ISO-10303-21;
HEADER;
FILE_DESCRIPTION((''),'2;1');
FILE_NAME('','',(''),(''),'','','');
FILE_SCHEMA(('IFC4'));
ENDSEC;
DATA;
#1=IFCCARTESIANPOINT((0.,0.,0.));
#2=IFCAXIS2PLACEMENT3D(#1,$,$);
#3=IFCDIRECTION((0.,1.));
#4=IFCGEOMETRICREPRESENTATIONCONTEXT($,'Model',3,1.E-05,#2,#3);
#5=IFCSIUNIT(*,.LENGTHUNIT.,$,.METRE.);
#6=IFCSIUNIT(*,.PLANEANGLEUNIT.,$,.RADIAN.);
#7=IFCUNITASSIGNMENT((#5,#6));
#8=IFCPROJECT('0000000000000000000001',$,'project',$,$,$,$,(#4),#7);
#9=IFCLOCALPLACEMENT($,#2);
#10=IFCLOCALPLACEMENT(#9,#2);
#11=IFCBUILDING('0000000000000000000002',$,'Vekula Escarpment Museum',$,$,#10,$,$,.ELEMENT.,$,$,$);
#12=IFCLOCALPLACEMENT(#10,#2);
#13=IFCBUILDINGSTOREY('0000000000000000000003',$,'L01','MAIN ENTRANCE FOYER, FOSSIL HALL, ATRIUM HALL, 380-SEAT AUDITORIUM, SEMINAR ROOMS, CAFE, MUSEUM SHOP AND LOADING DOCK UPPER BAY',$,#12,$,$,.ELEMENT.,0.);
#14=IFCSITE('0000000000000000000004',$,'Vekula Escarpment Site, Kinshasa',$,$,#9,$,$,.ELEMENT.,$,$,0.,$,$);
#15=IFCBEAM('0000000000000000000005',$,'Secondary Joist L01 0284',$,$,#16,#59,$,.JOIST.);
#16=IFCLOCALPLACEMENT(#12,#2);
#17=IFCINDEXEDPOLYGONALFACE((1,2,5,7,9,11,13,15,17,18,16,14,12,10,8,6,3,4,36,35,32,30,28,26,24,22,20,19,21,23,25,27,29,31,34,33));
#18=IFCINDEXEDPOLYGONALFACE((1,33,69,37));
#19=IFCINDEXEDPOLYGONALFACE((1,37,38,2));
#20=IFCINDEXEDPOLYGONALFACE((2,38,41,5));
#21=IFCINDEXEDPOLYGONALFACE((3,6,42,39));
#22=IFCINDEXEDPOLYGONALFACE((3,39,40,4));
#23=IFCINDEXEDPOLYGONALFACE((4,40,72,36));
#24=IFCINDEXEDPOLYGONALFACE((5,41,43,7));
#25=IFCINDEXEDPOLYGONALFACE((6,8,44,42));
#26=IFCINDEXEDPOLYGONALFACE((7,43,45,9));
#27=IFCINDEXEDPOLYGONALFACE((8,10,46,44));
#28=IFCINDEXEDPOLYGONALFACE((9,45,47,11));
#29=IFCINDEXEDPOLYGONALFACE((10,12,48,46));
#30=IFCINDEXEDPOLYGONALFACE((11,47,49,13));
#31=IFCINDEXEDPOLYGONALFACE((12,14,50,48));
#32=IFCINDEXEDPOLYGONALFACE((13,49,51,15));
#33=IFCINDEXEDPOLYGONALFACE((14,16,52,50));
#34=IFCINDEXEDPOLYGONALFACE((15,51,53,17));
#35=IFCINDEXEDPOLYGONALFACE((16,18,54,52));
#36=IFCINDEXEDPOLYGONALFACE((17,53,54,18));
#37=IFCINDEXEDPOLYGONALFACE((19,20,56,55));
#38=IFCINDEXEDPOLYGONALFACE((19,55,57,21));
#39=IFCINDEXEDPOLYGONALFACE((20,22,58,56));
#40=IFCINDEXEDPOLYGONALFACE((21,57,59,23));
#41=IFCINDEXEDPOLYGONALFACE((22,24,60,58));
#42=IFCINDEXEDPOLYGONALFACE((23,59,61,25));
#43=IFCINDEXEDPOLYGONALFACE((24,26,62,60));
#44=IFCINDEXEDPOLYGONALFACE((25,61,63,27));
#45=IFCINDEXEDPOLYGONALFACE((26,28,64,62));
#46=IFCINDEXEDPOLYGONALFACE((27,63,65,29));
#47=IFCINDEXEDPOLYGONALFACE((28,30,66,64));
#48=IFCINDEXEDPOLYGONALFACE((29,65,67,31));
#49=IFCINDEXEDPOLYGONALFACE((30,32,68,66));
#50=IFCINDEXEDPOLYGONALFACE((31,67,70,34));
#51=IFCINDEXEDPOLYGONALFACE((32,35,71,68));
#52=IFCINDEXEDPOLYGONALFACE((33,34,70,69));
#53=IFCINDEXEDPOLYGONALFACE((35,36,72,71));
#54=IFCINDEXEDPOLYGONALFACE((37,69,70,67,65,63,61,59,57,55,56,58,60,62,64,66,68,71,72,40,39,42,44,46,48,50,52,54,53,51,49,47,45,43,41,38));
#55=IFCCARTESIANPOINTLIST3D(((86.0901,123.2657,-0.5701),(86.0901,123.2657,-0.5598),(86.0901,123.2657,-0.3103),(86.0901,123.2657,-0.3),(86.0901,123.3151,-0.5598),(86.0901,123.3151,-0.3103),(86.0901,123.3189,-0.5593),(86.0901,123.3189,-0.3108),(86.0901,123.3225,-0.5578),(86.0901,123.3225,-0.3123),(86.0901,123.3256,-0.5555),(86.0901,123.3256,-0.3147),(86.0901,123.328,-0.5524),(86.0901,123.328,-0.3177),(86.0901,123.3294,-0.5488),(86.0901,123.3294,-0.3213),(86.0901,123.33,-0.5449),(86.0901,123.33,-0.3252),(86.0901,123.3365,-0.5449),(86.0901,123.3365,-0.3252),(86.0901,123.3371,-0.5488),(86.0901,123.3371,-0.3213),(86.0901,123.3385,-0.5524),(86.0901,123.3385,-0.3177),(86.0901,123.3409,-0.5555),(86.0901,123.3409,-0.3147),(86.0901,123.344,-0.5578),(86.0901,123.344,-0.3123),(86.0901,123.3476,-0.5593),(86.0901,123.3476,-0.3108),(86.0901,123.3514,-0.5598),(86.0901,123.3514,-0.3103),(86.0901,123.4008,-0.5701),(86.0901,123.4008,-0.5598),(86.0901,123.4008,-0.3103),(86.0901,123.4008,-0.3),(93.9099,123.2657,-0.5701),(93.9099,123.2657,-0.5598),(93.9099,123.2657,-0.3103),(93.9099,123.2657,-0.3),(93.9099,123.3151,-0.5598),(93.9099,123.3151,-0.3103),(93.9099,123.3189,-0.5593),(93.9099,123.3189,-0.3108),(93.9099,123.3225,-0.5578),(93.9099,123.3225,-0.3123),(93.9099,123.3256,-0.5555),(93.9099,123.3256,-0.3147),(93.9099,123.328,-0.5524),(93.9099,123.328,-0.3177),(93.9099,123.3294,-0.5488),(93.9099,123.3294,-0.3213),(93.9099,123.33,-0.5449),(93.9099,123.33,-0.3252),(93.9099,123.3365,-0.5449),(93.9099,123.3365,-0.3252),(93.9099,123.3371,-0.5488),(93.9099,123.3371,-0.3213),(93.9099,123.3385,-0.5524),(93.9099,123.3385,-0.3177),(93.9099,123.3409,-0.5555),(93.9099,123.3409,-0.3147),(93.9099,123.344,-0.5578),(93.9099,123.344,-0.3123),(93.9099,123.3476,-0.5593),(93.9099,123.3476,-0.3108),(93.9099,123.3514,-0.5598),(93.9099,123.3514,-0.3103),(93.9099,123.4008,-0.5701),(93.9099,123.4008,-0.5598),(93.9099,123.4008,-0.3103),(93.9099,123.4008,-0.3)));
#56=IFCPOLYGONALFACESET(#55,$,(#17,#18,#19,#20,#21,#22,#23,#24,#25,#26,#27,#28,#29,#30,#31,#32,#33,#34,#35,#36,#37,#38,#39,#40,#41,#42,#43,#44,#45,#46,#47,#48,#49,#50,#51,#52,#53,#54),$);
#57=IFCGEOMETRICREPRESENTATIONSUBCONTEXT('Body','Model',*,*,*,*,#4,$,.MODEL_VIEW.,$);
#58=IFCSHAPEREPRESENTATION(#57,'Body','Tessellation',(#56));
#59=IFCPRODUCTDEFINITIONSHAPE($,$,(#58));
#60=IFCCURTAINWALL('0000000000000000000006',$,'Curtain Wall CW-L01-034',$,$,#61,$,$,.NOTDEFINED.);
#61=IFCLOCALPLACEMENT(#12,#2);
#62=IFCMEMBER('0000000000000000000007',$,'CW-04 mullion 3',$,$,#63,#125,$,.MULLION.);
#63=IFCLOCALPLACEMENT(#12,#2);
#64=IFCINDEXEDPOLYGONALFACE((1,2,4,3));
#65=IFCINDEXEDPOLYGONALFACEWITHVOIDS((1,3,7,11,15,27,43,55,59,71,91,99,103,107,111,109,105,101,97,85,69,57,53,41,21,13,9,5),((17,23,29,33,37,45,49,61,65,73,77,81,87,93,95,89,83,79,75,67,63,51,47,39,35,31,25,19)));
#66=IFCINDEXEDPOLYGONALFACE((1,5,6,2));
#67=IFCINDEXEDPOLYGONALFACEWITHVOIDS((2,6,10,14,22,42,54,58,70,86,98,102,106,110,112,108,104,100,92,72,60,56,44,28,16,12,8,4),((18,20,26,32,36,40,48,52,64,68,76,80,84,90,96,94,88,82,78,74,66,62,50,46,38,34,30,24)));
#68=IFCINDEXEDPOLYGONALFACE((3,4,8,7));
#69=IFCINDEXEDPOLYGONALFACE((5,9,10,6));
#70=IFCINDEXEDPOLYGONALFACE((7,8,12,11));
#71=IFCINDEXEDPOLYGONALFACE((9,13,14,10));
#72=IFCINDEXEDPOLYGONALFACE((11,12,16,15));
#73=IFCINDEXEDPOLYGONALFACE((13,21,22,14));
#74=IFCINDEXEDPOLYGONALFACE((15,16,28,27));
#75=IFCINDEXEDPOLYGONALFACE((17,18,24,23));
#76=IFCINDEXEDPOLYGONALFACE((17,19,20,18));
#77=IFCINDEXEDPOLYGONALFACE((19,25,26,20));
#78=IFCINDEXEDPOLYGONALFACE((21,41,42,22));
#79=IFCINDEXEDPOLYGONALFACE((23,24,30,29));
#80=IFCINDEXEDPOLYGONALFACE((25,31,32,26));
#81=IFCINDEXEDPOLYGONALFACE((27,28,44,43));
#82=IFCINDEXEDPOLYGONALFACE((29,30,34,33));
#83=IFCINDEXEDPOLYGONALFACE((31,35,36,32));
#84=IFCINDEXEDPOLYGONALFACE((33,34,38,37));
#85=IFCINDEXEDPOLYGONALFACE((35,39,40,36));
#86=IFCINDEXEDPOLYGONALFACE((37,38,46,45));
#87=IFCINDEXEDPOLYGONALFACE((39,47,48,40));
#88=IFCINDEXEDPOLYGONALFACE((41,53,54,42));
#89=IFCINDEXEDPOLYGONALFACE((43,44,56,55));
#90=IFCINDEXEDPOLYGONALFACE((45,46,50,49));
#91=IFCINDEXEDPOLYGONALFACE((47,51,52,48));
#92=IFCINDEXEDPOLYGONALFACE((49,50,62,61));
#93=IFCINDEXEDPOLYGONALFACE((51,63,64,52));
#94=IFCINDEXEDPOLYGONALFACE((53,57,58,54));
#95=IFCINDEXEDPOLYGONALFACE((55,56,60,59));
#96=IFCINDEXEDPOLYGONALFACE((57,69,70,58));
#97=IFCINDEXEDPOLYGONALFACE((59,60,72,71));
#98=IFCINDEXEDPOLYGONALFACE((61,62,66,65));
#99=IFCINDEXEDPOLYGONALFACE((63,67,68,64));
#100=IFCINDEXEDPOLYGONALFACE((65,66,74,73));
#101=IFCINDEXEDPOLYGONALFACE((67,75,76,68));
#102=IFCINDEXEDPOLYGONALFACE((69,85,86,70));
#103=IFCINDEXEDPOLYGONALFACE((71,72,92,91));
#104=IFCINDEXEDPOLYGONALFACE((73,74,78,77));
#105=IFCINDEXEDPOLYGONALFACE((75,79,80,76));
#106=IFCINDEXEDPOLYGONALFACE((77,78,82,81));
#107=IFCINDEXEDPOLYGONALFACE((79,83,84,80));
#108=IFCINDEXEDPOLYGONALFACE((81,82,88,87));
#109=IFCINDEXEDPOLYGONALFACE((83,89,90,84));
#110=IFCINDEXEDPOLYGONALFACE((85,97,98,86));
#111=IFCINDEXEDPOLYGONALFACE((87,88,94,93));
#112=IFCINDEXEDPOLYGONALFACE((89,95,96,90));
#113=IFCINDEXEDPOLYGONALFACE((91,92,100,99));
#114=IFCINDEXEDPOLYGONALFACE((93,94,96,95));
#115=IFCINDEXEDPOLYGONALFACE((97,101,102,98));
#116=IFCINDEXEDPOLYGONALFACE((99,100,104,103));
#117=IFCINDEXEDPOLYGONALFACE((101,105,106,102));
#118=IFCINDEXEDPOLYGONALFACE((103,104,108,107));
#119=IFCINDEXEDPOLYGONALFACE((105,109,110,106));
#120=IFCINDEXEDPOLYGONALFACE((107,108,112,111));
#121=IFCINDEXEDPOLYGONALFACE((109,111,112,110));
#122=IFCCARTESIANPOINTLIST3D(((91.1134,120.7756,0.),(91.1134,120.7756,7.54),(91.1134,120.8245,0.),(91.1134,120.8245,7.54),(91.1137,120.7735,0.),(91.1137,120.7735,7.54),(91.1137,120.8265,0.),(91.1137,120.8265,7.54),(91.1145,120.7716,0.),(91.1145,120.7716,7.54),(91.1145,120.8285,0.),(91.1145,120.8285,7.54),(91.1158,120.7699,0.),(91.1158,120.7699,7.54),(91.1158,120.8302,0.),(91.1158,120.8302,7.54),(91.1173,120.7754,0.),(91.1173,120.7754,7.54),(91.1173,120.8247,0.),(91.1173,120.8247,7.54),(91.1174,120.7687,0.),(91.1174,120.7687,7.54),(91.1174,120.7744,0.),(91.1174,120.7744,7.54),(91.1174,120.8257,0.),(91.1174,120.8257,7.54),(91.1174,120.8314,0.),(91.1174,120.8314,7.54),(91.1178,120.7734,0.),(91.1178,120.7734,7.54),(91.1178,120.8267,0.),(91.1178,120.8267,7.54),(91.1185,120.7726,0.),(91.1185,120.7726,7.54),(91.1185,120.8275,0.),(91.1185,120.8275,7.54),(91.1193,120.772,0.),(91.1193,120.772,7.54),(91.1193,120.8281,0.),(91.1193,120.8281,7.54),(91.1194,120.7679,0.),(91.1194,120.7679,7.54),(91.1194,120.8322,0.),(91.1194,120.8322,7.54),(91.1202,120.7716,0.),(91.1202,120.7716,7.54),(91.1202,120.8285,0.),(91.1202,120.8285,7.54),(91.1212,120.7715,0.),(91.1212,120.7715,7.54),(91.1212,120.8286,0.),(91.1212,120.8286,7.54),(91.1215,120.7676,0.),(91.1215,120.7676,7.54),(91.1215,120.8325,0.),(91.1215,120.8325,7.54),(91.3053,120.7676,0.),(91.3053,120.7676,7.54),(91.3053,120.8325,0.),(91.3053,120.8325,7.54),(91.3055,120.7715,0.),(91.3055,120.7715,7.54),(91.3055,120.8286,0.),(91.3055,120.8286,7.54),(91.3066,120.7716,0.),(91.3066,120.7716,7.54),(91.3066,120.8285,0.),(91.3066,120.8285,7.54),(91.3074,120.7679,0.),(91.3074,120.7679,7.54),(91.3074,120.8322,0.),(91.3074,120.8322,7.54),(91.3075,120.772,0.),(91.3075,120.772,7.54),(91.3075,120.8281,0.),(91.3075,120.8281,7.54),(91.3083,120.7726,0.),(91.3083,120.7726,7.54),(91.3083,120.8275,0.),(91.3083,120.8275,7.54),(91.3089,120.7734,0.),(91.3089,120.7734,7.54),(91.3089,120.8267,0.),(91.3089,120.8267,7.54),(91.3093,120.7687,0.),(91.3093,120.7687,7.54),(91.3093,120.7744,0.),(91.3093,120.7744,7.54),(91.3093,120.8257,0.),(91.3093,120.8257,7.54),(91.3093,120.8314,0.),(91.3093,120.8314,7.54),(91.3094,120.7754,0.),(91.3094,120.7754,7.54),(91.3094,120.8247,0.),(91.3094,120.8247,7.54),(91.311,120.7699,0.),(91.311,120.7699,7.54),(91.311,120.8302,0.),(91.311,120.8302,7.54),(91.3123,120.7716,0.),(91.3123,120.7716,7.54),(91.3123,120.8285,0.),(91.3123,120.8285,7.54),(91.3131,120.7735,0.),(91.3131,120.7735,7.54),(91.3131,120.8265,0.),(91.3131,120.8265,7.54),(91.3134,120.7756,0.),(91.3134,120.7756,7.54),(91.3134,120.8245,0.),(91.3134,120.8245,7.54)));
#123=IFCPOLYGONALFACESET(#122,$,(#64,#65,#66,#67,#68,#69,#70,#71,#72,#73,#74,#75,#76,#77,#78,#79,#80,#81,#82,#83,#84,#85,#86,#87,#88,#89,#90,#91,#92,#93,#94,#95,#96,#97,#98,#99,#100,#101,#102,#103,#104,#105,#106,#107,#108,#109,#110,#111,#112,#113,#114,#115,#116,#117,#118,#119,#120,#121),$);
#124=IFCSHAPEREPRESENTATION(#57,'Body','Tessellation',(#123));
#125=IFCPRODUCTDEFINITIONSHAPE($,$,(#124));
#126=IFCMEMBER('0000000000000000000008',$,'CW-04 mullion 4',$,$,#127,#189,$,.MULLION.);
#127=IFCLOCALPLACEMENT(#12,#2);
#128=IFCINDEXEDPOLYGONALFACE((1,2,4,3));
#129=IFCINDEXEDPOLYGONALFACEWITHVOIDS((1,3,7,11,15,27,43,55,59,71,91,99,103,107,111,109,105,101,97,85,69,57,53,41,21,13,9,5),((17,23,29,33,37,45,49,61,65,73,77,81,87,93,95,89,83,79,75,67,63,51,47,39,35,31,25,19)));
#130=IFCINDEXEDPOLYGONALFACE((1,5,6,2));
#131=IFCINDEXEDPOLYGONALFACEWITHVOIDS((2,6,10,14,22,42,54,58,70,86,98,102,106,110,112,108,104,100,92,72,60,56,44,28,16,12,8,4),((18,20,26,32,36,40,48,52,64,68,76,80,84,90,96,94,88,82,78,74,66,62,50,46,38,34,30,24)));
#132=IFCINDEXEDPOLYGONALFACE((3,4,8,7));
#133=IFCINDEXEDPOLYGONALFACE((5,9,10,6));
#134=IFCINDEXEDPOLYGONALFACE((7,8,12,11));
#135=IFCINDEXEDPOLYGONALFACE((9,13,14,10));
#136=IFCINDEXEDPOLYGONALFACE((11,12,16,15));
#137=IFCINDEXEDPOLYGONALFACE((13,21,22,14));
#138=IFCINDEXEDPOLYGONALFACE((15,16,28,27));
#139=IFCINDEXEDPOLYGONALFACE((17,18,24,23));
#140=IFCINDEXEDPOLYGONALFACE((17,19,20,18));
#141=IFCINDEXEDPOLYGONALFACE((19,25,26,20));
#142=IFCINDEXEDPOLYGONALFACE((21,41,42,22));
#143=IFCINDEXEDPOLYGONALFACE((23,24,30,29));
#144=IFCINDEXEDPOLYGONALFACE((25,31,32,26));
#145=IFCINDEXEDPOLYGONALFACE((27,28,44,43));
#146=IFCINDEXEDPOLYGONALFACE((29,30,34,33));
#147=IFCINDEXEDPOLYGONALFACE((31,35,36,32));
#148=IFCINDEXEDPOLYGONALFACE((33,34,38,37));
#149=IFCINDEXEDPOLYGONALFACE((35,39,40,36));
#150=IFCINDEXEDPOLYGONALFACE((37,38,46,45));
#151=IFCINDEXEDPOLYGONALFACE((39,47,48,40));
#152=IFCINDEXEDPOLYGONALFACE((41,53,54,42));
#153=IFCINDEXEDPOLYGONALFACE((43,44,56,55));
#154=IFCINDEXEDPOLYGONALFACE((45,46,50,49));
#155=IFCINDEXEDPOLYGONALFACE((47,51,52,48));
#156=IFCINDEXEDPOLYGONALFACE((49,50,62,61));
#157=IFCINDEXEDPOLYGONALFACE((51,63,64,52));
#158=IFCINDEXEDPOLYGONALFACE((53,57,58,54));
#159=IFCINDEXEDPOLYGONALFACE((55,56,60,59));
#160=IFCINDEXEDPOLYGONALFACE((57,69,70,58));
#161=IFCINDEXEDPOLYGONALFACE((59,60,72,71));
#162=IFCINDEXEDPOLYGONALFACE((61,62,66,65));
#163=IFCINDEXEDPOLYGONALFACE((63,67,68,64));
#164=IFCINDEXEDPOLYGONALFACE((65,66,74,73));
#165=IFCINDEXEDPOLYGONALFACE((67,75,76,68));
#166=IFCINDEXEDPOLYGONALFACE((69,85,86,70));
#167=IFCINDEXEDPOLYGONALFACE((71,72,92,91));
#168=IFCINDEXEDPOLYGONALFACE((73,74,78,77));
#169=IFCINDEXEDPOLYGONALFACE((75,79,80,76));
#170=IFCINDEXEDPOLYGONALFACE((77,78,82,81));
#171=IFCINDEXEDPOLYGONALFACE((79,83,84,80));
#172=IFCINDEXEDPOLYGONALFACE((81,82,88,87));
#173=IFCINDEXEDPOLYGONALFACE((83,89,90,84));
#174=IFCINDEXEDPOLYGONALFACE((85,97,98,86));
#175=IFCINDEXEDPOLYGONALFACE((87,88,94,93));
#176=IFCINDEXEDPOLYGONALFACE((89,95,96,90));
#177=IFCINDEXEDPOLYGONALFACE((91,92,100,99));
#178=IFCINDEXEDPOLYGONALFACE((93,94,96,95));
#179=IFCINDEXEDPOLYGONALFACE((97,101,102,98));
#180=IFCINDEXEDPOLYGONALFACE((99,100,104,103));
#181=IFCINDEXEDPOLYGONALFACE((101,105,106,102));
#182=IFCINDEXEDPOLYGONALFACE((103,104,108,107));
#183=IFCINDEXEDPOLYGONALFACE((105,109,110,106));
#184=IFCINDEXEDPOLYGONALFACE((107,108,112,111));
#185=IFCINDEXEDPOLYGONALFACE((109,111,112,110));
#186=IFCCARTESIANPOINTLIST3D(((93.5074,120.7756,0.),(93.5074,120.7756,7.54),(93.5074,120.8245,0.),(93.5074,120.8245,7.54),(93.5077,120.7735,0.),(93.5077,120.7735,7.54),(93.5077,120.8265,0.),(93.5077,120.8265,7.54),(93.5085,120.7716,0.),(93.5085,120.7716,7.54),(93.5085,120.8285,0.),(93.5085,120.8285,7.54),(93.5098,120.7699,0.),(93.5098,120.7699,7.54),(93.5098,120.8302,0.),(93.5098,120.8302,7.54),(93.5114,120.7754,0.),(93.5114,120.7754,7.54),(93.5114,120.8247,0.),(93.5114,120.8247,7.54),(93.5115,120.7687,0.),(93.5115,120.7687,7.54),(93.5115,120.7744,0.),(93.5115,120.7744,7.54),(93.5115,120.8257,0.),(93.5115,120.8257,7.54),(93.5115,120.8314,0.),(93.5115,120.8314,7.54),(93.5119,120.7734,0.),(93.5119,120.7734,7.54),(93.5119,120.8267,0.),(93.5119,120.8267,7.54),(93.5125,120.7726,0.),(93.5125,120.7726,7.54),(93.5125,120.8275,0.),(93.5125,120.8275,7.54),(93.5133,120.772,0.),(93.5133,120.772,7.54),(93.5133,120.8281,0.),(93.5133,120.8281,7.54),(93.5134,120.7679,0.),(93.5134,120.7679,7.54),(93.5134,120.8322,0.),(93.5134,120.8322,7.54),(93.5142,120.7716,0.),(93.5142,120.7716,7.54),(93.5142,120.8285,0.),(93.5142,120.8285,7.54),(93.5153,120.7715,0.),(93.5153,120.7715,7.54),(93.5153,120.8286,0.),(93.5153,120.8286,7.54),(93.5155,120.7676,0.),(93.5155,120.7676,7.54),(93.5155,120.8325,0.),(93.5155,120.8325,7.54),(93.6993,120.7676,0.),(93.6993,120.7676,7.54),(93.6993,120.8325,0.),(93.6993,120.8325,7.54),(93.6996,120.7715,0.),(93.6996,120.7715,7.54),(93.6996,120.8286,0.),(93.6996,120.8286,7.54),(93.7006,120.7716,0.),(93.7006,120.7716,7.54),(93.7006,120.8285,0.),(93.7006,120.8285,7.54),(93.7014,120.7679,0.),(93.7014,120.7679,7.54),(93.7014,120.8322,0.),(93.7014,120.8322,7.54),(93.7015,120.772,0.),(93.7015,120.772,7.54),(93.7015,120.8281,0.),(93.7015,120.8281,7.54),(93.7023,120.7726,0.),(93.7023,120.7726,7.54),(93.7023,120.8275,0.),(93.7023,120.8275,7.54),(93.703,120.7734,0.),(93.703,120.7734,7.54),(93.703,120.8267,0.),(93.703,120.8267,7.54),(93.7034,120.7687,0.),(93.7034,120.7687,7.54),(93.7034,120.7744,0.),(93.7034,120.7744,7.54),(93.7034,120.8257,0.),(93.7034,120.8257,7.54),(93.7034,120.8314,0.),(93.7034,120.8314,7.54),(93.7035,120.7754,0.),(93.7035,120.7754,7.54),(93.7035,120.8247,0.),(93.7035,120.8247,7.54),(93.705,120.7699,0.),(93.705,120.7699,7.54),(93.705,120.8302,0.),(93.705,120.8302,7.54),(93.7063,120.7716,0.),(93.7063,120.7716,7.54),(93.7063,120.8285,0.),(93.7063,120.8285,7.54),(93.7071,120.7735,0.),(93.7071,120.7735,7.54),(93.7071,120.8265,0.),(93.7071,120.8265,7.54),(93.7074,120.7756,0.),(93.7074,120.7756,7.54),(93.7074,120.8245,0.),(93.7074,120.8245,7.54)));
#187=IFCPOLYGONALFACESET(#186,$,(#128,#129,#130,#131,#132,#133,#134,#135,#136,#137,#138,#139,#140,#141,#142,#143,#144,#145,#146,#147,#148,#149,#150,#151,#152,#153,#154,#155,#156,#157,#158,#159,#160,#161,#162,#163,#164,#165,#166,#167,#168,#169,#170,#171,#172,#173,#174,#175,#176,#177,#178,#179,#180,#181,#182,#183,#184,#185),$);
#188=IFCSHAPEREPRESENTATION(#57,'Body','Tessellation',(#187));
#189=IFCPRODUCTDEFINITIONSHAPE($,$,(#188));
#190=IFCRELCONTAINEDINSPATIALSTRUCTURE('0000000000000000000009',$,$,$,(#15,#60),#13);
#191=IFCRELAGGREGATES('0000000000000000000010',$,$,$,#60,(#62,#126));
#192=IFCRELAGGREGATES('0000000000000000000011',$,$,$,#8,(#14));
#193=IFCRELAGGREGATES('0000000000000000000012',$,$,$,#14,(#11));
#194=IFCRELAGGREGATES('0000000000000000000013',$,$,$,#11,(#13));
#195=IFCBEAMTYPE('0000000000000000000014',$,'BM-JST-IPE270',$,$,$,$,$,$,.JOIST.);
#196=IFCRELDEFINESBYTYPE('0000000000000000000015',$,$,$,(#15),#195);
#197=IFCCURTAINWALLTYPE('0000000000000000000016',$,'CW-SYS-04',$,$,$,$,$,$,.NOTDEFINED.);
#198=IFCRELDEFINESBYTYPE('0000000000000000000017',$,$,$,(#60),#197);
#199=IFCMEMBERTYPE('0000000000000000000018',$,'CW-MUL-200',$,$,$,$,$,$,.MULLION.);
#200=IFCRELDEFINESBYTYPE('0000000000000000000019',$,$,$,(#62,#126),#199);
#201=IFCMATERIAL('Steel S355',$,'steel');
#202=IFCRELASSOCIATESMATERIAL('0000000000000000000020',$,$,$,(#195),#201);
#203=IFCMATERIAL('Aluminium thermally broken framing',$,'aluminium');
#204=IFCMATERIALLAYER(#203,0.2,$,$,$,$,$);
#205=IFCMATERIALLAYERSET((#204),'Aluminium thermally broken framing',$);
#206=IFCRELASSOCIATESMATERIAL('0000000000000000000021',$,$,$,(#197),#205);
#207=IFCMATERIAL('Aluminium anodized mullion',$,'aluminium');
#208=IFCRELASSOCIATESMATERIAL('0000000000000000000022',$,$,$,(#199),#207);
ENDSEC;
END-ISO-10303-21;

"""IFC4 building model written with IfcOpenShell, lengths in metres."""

from ifc_helpers import new_model, si_unit, direction, frame, origin, origin_2d, place, context, subcontext, project, spatial, hollow_rectangle, i_section, extrude, material, layer, layer_set, material_profile, profile_set, type_object, element, aggregate, save


model = new_model("IFC4")

# Units and contexts
model_context = context("Model", 3, precision=1e-05, world=origin(), true_north=direction((0.0, 1.0)))
body_context = subcontext(model_context, "Body", "Model", "MODEL_VIEW")
ifc_project = project(units=[si_unit("LENGTHUNIT", "METRE"), si_unit("PLANEANGLEUNIT", "RADIAN")], contexts=[model_context])

# Site, building, storey
site_placement = place(None, origin())
site = spatial("IfcSite", under=ifc_project, at=site_placement, Name="Vekula Escarpment Site, Kinshasa", CompositionType="ELEMENT", RefElevation=0.0)
building_placement = place(site_placement, origin())
building = spatial("IfcBuilding", under=site, at=building_placement, Name="Vekula Escarpment Museum", CompositionType="ELEMENT")
storey_placement = place(building_placement, origin())
storey = spatial("IfcBuildingStorey", under=building, at=storey_placement, Name="L01", Description="MAIN ENTRANCE FOYER, FOSSIL HALL, ATRIUM HALL, 380-SEAT AUDITORIUM, SEMINAR ROOMS, CAFE, MUSEUM SHOP AND LOADING DOCK UPPER BAY", CompositionType="ELEMENT", Elevation=0.0)

# Beam
ifc_material_1 = material(Name="Steel S355", Category="steel")
ifc_material_profile_1 = material_profile(ifc_material_1, i_section(OverallWidth=0.135, OverallDepth=0.27, WebThickness=0.0066, FlangeThickness=0.0103, FilletRadius=0.0149, at=origin_2d()), Name="IPE 270")
ifc_profile_set_1 = profile_set([ifc_material_profile_1], Name="Steel S355")
beam_type_1 = type_object("IfcBeamType", Name="BM-JST-IPE270", PredefinedType="JOIST", material=ifc_profile_set_1)
beam_1_placement = place(storey_placement, frame((86.0901, 123.3333, -0.4351), z_axis=(1.0, 0.0, 0.0), x_axis=(0.0, 1.0, 0.0)))
element("IfcBeam", 1, at=beam_1_placement, inside=storey, type_object=beam_type_1, Name="Secondary Joist L01 0284", PredefinedType="JOIST", context=body_context, shape_type="SweptSolid", body=[
    extrude(i_section(OverallWidth=0.135, OverallDepth=0.27, WebThickness=0.0066, FlangeThickness=0.0103, FilletRadius=0.0149, at=origin_2d()), origin(), (0.0, 0.0, 1.0), 7.8198),
])

# Curtain wall, members
ifc_material_2 = material(Name="Aluminium thermally broken framing", Category="aluminium")
ifc_layer_1 = layer(ifc_material_2, 0.2)
ifc_layer_set_1 = layer_set([ifc_layer_1], Name="Aluminium thermally broken framing")
curtain_wall_type = type_object("IfcCurtainWallType", Name="CW-SYS-04", PredefinedType="NOTDEFINED", material=ifc_layer_set_1)
curtain_wall_placement = place(storey_placement, origin())
curtain_wall = element("IfcCurtainWall", 2, at=curtain_wall_placement, inside=storey, type_object=curtain_wall_type, Name="Curtain Wall CW-L01-034", PredefinedType="NOTDEFINED")
ifc_material_3 = material(Name="Aluminium anodized mullion", Category="aluminium")
ifc_material_profile_2 = material_profile(ifc_material_3, hollow_rectangle(XDim=0.0649, YDim=0.2, WallThickness=0.0039, InnerFilletRadius=0.0039, OuterFilletRadius=0.0081, at=origin_2d()), Name="ALU 200x65x4")
ifc_profile_set_2 = profile_set([ifc_material_profile_2], Name="Aluminium anodized mullion")
member_type_1 = type_object("IfcMemberType", Name="CW-MUL-200", PredefinedType="MULLION", material=ifc_profile_set_2)
member_1_placement = place(storey_placement, frame((91.2134, 120.8, 0.0), z_axis=(0.0, 0.0, 1.0), x_axis=(0.0, 1.0, 0.0)))
member_1 = element("IfcMember", 3, at=member_1_placement, type_object=member_type_1, Name="CW-04 mullion 3", PredefinedType="MULLION", context=body_context, shape_type="SweptSolid", body=[
    extrude(hollow_rectangle(XDim=0.0649, YDim=0.2, WallThickness=0.0039, InnerFilletRadius=0.0039, OuterFilletRadius=0.0081, at=origin_2d()), origin(), (0.0, 0.0, 1.0), 7.54),
])
member_2_placement = place(storey_placement, frame((93.6074, 120.8, 0.0), z_axis=(0.0, 0.0, 1.0), x_axis=(0.0, 1.0, 0.0)))
member_2 = element("IfcMember", 4, at=member_2_placement, type_object=member_type_1, Name="CW-04 mullion 4", PredefinedType="MULLION", context=body_context, shape_type="SweptSolid", body=[
    extrude(hollow_rectangle(XDim=0.0649, YDim=0.2, WallThickness=0.0039, InnerFilletRadius=0.0039, OuterFilletRadius=0.0081, at=origin_2d()), origin(), (0.0, 0.0, 1.0), 7.54),
])
aggregate(curtain_wall, [member_1, member_2])

save(model, "model.ifc")
